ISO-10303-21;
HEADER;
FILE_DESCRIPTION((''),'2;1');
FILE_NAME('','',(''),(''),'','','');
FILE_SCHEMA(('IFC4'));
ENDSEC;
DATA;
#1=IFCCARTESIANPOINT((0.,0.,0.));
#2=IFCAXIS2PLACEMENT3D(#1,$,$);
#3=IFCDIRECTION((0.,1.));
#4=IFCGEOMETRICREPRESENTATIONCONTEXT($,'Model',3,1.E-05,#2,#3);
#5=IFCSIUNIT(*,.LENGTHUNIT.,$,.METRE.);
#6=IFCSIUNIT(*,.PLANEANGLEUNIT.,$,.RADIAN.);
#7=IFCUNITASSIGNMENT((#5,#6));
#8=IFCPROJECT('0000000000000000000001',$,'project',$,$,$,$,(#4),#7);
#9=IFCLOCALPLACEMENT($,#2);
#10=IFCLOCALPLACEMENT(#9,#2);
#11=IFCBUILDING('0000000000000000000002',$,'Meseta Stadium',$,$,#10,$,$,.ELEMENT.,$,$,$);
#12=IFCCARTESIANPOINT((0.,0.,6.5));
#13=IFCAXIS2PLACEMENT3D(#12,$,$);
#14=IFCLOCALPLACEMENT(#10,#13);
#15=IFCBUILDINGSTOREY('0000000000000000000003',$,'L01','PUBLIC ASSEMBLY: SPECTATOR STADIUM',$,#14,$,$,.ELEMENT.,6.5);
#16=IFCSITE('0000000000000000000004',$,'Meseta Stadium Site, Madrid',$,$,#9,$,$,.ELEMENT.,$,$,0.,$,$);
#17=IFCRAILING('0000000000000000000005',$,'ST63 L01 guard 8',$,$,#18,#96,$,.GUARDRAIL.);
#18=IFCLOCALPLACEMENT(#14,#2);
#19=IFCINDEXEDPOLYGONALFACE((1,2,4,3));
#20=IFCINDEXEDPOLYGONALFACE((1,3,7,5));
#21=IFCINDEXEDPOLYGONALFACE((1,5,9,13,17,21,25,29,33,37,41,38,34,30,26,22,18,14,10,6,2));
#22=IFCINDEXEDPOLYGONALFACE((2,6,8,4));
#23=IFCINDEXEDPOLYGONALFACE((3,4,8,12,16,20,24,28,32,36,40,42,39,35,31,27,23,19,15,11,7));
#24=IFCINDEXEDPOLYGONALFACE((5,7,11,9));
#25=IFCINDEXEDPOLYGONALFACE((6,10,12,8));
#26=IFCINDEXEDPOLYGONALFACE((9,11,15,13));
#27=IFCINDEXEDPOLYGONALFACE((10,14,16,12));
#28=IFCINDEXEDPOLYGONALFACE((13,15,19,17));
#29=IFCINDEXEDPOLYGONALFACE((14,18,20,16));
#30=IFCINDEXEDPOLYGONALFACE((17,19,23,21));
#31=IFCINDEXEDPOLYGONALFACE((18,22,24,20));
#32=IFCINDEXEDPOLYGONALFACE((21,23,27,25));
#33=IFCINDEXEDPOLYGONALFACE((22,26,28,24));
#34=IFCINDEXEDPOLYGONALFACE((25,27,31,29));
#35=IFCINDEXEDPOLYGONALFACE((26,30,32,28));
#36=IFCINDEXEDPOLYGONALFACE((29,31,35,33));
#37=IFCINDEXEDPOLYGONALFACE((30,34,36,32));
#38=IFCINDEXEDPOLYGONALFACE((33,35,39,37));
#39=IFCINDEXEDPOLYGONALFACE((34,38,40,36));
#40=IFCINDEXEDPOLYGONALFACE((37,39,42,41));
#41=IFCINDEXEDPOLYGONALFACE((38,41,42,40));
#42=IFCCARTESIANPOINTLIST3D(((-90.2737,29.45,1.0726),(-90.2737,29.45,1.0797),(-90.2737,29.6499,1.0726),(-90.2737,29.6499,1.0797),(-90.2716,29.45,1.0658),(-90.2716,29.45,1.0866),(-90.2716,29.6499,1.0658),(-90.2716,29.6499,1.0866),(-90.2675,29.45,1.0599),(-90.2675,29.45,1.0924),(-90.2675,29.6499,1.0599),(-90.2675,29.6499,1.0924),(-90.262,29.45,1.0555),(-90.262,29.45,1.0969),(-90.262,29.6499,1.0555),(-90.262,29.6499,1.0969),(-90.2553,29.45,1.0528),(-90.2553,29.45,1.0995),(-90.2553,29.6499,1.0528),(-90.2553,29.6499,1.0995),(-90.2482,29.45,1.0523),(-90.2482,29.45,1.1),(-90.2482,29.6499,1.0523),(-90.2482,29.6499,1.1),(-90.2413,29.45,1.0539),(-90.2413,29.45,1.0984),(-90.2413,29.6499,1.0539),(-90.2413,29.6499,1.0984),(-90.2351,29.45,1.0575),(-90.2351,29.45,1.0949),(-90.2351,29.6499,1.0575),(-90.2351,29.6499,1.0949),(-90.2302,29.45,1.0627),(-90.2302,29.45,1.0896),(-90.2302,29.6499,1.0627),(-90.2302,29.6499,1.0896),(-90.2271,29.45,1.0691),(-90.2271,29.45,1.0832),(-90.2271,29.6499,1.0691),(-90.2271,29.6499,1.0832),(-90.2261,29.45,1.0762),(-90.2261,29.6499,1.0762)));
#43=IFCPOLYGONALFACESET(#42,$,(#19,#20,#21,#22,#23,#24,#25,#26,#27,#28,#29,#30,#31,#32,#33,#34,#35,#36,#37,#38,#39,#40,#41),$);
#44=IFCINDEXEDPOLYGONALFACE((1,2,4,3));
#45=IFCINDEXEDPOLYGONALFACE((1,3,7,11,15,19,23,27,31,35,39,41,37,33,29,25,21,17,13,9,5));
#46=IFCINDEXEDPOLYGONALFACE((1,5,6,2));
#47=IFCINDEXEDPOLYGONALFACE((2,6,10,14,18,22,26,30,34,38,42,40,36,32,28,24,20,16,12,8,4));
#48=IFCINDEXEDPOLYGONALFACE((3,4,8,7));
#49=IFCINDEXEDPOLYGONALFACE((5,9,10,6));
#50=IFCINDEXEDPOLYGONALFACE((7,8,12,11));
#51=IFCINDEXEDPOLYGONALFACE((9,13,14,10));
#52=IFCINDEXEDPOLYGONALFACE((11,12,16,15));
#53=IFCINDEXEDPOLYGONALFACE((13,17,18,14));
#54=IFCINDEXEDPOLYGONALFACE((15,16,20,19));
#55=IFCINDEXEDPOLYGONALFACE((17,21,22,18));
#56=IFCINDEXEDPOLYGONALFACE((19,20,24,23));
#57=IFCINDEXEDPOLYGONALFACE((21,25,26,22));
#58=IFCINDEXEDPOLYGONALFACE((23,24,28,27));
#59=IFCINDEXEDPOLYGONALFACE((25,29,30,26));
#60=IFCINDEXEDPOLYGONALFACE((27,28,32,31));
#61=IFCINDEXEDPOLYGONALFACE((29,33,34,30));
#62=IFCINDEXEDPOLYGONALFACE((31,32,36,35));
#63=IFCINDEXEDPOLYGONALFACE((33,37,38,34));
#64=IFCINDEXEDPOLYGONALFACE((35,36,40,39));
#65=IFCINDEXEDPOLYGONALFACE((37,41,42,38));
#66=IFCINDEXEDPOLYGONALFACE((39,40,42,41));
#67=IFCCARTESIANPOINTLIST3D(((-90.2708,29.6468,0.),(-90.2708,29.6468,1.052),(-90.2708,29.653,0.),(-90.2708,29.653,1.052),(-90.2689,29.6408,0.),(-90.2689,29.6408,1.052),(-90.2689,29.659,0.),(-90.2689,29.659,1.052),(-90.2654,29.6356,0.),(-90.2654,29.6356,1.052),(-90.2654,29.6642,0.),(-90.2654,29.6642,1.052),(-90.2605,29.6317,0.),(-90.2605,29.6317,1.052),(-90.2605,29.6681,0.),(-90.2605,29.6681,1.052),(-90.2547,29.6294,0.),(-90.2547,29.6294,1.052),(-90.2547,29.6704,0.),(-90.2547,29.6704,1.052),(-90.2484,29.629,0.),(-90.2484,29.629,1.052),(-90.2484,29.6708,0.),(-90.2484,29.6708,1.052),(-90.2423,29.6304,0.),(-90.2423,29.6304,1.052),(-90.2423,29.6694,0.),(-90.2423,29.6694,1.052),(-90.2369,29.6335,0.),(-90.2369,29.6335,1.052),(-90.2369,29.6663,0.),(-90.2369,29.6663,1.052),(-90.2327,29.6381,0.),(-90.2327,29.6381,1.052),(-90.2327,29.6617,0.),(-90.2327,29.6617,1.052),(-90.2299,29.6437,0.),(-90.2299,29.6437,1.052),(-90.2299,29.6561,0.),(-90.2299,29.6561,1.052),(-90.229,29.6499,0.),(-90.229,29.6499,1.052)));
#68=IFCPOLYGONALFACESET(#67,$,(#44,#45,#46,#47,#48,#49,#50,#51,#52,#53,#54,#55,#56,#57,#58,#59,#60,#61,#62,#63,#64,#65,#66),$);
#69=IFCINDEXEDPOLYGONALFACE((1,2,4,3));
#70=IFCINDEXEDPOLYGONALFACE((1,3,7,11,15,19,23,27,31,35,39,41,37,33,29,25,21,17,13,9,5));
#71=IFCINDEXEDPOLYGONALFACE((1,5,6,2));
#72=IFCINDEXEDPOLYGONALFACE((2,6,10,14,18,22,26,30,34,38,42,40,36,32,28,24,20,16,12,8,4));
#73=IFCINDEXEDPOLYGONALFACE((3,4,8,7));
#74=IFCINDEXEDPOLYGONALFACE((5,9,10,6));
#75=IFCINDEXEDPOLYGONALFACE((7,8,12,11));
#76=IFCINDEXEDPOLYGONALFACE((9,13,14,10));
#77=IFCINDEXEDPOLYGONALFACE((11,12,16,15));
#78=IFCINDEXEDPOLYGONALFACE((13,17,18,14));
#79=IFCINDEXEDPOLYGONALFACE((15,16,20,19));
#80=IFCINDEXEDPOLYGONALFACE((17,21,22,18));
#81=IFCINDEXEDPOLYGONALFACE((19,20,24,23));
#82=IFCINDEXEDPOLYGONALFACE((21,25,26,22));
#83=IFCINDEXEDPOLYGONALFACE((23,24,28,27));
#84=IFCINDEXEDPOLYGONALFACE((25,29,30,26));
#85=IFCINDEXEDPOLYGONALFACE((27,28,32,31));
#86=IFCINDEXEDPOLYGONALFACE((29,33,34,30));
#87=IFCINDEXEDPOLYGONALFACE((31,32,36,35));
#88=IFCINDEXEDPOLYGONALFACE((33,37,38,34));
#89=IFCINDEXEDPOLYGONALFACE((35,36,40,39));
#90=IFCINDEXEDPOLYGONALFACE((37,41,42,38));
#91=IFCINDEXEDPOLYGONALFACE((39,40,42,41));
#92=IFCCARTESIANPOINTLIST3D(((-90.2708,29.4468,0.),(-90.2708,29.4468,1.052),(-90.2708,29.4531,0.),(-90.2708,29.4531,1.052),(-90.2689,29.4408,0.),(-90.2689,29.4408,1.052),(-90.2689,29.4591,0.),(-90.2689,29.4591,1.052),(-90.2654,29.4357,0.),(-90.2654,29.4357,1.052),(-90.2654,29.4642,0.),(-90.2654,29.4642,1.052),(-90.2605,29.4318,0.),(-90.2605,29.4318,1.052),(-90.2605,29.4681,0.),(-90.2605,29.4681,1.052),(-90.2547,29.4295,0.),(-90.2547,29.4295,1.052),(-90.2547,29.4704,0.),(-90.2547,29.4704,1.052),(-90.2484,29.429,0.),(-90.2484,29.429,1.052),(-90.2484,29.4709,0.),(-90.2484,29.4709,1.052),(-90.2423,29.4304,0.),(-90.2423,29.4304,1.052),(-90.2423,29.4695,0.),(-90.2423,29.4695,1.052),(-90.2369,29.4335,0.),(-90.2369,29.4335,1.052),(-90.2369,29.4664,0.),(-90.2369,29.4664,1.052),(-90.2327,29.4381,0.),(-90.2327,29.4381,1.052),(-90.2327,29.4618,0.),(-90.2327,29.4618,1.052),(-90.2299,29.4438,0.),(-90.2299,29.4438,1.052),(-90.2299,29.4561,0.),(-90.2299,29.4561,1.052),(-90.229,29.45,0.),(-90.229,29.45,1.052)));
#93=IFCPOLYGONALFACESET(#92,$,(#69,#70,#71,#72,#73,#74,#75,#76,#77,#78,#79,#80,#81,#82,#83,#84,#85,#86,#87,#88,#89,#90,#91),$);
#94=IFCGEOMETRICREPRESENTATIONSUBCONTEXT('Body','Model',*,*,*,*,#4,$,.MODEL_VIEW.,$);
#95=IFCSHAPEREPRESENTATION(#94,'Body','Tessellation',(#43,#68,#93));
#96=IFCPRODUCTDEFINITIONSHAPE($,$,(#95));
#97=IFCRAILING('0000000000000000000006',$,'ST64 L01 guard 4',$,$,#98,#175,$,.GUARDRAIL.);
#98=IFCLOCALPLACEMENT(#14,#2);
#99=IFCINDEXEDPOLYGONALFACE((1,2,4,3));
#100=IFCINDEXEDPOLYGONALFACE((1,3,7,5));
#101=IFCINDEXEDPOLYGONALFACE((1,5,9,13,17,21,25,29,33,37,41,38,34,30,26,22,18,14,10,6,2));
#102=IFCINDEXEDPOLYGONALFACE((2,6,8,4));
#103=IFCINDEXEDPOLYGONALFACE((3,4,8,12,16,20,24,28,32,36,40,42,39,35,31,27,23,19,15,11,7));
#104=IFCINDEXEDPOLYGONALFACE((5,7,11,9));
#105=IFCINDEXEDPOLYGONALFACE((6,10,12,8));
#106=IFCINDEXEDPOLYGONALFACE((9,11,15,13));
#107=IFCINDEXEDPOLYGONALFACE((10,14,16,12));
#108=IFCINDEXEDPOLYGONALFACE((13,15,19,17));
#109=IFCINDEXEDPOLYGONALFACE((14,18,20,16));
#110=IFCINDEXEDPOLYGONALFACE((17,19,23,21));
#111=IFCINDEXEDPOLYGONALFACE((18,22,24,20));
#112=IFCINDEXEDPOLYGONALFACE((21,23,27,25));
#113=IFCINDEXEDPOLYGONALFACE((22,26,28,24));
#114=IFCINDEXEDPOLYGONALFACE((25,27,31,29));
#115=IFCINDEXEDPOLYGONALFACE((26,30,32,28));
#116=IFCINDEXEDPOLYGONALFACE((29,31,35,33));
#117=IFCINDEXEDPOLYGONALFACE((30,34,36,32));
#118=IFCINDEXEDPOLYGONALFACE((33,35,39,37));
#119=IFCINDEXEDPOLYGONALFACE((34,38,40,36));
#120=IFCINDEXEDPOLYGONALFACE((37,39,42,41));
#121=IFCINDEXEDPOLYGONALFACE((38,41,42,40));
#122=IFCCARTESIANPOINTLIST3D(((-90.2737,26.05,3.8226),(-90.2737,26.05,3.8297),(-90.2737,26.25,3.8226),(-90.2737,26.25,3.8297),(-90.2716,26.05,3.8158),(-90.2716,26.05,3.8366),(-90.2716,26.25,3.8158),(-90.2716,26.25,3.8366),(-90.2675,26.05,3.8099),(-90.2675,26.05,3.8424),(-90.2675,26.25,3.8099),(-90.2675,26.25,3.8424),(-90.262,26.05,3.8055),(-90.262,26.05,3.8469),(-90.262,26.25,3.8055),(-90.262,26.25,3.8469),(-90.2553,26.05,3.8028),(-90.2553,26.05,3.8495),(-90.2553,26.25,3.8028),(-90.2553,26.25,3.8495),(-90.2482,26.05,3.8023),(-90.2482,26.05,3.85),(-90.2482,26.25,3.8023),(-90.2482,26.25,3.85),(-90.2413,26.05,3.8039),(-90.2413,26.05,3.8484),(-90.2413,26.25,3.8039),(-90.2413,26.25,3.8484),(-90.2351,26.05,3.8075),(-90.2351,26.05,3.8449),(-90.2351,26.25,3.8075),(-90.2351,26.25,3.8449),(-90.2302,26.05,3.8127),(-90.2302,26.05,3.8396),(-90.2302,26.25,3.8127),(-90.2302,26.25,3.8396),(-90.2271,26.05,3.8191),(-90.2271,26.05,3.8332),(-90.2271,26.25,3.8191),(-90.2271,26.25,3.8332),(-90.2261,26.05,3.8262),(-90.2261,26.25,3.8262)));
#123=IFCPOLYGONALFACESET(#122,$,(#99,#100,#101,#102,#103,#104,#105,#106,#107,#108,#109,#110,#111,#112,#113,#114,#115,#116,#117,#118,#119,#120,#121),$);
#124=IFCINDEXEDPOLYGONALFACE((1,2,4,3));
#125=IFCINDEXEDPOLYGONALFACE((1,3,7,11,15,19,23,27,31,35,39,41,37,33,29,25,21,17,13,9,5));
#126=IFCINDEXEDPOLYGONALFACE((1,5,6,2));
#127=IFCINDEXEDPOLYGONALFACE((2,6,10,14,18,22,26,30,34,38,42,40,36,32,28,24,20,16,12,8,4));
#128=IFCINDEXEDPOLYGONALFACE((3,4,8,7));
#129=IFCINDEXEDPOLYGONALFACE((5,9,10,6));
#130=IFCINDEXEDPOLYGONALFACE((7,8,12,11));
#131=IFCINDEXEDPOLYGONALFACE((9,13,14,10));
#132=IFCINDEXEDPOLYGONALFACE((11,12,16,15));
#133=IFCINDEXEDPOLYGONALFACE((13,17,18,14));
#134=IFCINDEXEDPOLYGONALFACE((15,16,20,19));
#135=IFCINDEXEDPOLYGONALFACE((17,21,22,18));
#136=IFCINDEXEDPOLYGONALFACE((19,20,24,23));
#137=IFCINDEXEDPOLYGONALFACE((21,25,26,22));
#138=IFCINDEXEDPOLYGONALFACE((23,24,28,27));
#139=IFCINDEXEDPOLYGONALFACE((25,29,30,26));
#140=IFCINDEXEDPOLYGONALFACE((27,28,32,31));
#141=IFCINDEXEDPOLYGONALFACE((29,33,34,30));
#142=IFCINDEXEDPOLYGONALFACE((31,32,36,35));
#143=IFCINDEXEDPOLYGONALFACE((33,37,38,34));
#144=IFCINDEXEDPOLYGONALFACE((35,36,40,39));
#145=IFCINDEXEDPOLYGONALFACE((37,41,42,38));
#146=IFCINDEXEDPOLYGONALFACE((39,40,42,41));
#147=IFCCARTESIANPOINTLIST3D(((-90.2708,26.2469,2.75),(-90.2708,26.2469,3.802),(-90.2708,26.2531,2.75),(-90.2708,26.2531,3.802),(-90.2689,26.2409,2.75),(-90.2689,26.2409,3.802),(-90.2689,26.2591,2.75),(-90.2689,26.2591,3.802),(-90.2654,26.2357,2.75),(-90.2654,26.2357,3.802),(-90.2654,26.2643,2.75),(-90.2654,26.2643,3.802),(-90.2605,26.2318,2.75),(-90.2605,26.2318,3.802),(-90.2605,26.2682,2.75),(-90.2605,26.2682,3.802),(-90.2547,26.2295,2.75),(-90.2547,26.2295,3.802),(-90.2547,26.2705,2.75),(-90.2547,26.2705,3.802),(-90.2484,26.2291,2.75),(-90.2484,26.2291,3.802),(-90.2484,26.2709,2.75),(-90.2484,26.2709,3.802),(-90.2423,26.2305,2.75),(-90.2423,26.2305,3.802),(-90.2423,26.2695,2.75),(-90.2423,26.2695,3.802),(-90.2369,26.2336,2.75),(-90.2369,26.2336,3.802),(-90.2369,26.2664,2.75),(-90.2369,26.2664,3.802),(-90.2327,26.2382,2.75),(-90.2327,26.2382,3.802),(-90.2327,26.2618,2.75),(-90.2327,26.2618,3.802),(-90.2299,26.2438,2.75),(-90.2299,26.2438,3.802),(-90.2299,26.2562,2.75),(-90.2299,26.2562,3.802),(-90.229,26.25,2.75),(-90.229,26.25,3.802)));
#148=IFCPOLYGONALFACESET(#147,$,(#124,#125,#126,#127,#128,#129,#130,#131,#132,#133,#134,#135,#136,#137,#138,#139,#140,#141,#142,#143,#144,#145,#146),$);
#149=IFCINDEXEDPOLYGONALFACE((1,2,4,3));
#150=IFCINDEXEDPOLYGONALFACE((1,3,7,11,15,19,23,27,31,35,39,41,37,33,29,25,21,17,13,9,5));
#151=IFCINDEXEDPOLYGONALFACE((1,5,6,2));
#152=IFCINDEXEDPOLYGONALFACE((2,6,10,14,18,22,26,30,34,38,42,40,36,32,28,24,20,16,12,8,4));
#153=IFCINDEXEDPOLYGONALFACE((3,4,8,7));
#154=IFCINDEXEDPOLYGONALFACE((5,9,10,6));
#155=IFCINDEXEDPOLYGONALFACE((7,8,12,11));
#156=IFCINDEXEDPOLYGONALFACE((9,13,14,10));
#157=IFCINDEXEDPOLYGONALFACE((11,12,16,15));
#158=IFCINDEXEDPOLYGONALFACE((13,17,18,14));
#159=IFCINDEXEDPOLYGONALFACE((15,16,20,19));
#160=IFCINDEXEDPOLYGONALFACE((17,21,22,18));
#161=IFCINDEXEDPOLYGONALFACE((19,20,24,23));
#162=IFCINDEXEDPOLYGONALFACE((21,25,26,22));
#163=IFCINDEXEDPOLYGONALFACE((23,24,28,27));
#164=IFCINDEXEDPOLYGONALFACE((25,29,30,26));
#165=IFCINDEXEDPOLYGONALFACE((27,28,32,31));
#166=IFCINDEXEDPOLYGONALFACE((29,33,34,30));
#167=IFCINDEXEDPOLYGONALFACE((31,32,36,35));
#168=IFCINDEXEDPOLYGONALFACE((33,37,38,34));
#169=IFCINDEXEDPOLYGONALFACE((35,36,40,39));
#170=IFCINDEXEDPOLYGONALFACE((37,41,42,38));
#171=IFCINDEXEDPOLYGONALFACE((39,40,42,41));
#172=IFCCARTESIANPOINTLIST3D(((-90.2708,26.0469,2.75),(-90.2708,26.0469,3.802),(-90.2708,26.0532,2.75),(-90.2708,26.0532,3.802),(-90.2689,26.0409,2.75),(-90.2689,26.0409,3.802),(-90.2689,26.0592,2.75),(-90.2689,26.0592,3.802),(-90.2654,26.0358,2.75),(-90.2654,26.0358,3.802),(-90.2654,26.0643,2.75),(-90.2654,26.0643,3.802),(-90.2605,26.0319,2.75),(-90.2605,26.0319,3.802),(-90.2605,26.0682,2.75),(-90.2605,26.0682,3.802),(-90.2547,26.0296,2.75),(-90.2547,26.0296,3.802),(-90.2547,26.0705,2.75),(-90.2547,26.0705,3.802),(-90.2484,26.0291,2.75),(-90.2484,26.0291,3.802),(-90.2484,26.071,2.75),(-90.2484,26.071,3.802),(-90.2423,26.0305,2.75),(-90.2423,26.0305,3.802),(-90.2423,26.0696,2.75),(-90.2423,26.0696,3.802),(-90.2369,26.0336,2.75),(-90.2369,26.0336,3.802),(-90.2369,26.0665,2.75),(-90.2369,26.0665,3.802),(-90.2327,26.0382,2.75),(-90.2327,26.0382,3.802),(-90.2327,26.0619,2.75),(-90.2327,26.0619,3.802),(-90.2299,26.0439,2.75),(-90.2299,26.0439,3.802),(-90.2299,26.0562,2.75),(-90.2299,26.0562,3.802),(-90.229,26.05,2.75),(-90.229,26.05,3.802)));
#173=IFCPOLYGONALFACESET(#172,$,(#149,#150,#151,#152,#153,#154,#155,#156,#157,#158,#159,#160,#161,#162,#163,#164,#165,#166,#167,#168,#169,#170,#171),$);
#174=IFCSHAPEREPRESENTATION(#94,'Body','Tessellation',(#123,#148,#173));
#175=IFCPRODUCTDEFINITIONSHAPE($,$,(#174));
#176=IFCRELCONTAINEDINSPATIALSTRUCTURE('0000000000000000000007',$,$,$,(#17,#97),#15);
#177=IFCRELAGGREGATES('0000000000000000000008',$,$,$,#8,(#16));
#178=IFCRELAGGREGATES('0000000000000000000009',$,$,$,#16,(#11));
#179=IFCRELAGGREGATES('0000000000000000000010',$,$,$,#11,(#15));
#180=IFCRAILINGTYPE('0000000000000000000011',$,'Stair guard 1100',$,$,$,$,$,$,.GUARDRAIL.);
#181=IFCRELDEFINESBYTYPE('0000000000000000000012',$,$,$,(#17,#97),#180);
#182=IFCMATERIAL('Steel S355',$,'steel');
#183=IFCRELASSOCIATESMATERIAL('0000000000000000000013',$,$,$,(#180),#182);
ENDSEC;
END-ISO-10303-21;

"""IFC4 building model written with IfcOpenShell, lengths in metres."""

from ifc_helpers import new_model, si_unit, direction, frame, origin, origin_2d, place, context, subcontext, project, spatial, circle, extrude, material, type_object, element, save


model = new_model("IFC4")

# Units and contexts
model_context = context("Model", 3, precision=1e-05, world=origin(), true_north=direction((0.0, 1.0)))
body_context = subcontext(model_context, "Body", "Model", "MODEL_VIEW")
ifc_project = project(units=[si_unit("LENGTHUNIT", "METRE"), si_unit("PLANEANGLEUNIT", "RADIAN")], contexts=[model_context])

# Site, building, storey
site_placement = place(None, origin())
site = spatial("IfcSite", under=ifc_project, at=site_placement, Name="Meseta Stadium Site, Madrid", CompositionType="ELEMENT", RefElevation=0.0)
building_placement = place(site_placement, origin())
building = spatial("IfcBuilding", under=site, at=building_placement, Name="Meseta Stadium", CompositionType="ELEMENT")
storey_placement = place(building_placement, frame((0.0, 0.0, 6.5)))
storey = spatial("IfcBuildingStorey", under=building, at=storey_placement, Name="L01", Description="PUBLIC ASSEMBLY: SPECTATOR STADIUM", CompositionType="ELEMENT", Elevation=6.5)

# Railings
ifc_material_1 = material(Name="Steel S355", Category="steel")
railing_type_1 = type_object("IfcRailingType", Name="Stair guard 1100", PredefinedType="GUARDRAIL", material=ifc_material_1)
for number, where, name in (
    (1, (-90.25, 29.6499, 0.0), "ST63 L01 guard 8"),
    (2, (-90.25, 26.25, 2.75), "ST64 L01 guard 4"),
):
    element("IfcRailing", number, at=place(storey_placement, frame(where)), inside=storey, type_object=railing_type_1, Name=name, PredefinedType="GUARDRAIL", context=body_context, shape_type="SweptSolid", body=[
        extrude(circle(Radius=0.0239, at=origin_2d()), frame((0.0, 0.0, 1.0762), z_axis=(0.0, -1.0, 0.0), x_axis=(1.0, 0.0, 0.0)), (0.0, 0.0, 1.0), 0.2),
        extrude(circle(Radius=0.021, at=origin_2d()), origin(), (0.0, 0.0, 1.0), 1.052),
        extrude(circle(Radius=0.021, at=origin_2d()), frame((0.0, -0.2, 0.0)), (0.0, 0.0, 1.0), 1.052),
    ])

save(model, "model.ifc")
